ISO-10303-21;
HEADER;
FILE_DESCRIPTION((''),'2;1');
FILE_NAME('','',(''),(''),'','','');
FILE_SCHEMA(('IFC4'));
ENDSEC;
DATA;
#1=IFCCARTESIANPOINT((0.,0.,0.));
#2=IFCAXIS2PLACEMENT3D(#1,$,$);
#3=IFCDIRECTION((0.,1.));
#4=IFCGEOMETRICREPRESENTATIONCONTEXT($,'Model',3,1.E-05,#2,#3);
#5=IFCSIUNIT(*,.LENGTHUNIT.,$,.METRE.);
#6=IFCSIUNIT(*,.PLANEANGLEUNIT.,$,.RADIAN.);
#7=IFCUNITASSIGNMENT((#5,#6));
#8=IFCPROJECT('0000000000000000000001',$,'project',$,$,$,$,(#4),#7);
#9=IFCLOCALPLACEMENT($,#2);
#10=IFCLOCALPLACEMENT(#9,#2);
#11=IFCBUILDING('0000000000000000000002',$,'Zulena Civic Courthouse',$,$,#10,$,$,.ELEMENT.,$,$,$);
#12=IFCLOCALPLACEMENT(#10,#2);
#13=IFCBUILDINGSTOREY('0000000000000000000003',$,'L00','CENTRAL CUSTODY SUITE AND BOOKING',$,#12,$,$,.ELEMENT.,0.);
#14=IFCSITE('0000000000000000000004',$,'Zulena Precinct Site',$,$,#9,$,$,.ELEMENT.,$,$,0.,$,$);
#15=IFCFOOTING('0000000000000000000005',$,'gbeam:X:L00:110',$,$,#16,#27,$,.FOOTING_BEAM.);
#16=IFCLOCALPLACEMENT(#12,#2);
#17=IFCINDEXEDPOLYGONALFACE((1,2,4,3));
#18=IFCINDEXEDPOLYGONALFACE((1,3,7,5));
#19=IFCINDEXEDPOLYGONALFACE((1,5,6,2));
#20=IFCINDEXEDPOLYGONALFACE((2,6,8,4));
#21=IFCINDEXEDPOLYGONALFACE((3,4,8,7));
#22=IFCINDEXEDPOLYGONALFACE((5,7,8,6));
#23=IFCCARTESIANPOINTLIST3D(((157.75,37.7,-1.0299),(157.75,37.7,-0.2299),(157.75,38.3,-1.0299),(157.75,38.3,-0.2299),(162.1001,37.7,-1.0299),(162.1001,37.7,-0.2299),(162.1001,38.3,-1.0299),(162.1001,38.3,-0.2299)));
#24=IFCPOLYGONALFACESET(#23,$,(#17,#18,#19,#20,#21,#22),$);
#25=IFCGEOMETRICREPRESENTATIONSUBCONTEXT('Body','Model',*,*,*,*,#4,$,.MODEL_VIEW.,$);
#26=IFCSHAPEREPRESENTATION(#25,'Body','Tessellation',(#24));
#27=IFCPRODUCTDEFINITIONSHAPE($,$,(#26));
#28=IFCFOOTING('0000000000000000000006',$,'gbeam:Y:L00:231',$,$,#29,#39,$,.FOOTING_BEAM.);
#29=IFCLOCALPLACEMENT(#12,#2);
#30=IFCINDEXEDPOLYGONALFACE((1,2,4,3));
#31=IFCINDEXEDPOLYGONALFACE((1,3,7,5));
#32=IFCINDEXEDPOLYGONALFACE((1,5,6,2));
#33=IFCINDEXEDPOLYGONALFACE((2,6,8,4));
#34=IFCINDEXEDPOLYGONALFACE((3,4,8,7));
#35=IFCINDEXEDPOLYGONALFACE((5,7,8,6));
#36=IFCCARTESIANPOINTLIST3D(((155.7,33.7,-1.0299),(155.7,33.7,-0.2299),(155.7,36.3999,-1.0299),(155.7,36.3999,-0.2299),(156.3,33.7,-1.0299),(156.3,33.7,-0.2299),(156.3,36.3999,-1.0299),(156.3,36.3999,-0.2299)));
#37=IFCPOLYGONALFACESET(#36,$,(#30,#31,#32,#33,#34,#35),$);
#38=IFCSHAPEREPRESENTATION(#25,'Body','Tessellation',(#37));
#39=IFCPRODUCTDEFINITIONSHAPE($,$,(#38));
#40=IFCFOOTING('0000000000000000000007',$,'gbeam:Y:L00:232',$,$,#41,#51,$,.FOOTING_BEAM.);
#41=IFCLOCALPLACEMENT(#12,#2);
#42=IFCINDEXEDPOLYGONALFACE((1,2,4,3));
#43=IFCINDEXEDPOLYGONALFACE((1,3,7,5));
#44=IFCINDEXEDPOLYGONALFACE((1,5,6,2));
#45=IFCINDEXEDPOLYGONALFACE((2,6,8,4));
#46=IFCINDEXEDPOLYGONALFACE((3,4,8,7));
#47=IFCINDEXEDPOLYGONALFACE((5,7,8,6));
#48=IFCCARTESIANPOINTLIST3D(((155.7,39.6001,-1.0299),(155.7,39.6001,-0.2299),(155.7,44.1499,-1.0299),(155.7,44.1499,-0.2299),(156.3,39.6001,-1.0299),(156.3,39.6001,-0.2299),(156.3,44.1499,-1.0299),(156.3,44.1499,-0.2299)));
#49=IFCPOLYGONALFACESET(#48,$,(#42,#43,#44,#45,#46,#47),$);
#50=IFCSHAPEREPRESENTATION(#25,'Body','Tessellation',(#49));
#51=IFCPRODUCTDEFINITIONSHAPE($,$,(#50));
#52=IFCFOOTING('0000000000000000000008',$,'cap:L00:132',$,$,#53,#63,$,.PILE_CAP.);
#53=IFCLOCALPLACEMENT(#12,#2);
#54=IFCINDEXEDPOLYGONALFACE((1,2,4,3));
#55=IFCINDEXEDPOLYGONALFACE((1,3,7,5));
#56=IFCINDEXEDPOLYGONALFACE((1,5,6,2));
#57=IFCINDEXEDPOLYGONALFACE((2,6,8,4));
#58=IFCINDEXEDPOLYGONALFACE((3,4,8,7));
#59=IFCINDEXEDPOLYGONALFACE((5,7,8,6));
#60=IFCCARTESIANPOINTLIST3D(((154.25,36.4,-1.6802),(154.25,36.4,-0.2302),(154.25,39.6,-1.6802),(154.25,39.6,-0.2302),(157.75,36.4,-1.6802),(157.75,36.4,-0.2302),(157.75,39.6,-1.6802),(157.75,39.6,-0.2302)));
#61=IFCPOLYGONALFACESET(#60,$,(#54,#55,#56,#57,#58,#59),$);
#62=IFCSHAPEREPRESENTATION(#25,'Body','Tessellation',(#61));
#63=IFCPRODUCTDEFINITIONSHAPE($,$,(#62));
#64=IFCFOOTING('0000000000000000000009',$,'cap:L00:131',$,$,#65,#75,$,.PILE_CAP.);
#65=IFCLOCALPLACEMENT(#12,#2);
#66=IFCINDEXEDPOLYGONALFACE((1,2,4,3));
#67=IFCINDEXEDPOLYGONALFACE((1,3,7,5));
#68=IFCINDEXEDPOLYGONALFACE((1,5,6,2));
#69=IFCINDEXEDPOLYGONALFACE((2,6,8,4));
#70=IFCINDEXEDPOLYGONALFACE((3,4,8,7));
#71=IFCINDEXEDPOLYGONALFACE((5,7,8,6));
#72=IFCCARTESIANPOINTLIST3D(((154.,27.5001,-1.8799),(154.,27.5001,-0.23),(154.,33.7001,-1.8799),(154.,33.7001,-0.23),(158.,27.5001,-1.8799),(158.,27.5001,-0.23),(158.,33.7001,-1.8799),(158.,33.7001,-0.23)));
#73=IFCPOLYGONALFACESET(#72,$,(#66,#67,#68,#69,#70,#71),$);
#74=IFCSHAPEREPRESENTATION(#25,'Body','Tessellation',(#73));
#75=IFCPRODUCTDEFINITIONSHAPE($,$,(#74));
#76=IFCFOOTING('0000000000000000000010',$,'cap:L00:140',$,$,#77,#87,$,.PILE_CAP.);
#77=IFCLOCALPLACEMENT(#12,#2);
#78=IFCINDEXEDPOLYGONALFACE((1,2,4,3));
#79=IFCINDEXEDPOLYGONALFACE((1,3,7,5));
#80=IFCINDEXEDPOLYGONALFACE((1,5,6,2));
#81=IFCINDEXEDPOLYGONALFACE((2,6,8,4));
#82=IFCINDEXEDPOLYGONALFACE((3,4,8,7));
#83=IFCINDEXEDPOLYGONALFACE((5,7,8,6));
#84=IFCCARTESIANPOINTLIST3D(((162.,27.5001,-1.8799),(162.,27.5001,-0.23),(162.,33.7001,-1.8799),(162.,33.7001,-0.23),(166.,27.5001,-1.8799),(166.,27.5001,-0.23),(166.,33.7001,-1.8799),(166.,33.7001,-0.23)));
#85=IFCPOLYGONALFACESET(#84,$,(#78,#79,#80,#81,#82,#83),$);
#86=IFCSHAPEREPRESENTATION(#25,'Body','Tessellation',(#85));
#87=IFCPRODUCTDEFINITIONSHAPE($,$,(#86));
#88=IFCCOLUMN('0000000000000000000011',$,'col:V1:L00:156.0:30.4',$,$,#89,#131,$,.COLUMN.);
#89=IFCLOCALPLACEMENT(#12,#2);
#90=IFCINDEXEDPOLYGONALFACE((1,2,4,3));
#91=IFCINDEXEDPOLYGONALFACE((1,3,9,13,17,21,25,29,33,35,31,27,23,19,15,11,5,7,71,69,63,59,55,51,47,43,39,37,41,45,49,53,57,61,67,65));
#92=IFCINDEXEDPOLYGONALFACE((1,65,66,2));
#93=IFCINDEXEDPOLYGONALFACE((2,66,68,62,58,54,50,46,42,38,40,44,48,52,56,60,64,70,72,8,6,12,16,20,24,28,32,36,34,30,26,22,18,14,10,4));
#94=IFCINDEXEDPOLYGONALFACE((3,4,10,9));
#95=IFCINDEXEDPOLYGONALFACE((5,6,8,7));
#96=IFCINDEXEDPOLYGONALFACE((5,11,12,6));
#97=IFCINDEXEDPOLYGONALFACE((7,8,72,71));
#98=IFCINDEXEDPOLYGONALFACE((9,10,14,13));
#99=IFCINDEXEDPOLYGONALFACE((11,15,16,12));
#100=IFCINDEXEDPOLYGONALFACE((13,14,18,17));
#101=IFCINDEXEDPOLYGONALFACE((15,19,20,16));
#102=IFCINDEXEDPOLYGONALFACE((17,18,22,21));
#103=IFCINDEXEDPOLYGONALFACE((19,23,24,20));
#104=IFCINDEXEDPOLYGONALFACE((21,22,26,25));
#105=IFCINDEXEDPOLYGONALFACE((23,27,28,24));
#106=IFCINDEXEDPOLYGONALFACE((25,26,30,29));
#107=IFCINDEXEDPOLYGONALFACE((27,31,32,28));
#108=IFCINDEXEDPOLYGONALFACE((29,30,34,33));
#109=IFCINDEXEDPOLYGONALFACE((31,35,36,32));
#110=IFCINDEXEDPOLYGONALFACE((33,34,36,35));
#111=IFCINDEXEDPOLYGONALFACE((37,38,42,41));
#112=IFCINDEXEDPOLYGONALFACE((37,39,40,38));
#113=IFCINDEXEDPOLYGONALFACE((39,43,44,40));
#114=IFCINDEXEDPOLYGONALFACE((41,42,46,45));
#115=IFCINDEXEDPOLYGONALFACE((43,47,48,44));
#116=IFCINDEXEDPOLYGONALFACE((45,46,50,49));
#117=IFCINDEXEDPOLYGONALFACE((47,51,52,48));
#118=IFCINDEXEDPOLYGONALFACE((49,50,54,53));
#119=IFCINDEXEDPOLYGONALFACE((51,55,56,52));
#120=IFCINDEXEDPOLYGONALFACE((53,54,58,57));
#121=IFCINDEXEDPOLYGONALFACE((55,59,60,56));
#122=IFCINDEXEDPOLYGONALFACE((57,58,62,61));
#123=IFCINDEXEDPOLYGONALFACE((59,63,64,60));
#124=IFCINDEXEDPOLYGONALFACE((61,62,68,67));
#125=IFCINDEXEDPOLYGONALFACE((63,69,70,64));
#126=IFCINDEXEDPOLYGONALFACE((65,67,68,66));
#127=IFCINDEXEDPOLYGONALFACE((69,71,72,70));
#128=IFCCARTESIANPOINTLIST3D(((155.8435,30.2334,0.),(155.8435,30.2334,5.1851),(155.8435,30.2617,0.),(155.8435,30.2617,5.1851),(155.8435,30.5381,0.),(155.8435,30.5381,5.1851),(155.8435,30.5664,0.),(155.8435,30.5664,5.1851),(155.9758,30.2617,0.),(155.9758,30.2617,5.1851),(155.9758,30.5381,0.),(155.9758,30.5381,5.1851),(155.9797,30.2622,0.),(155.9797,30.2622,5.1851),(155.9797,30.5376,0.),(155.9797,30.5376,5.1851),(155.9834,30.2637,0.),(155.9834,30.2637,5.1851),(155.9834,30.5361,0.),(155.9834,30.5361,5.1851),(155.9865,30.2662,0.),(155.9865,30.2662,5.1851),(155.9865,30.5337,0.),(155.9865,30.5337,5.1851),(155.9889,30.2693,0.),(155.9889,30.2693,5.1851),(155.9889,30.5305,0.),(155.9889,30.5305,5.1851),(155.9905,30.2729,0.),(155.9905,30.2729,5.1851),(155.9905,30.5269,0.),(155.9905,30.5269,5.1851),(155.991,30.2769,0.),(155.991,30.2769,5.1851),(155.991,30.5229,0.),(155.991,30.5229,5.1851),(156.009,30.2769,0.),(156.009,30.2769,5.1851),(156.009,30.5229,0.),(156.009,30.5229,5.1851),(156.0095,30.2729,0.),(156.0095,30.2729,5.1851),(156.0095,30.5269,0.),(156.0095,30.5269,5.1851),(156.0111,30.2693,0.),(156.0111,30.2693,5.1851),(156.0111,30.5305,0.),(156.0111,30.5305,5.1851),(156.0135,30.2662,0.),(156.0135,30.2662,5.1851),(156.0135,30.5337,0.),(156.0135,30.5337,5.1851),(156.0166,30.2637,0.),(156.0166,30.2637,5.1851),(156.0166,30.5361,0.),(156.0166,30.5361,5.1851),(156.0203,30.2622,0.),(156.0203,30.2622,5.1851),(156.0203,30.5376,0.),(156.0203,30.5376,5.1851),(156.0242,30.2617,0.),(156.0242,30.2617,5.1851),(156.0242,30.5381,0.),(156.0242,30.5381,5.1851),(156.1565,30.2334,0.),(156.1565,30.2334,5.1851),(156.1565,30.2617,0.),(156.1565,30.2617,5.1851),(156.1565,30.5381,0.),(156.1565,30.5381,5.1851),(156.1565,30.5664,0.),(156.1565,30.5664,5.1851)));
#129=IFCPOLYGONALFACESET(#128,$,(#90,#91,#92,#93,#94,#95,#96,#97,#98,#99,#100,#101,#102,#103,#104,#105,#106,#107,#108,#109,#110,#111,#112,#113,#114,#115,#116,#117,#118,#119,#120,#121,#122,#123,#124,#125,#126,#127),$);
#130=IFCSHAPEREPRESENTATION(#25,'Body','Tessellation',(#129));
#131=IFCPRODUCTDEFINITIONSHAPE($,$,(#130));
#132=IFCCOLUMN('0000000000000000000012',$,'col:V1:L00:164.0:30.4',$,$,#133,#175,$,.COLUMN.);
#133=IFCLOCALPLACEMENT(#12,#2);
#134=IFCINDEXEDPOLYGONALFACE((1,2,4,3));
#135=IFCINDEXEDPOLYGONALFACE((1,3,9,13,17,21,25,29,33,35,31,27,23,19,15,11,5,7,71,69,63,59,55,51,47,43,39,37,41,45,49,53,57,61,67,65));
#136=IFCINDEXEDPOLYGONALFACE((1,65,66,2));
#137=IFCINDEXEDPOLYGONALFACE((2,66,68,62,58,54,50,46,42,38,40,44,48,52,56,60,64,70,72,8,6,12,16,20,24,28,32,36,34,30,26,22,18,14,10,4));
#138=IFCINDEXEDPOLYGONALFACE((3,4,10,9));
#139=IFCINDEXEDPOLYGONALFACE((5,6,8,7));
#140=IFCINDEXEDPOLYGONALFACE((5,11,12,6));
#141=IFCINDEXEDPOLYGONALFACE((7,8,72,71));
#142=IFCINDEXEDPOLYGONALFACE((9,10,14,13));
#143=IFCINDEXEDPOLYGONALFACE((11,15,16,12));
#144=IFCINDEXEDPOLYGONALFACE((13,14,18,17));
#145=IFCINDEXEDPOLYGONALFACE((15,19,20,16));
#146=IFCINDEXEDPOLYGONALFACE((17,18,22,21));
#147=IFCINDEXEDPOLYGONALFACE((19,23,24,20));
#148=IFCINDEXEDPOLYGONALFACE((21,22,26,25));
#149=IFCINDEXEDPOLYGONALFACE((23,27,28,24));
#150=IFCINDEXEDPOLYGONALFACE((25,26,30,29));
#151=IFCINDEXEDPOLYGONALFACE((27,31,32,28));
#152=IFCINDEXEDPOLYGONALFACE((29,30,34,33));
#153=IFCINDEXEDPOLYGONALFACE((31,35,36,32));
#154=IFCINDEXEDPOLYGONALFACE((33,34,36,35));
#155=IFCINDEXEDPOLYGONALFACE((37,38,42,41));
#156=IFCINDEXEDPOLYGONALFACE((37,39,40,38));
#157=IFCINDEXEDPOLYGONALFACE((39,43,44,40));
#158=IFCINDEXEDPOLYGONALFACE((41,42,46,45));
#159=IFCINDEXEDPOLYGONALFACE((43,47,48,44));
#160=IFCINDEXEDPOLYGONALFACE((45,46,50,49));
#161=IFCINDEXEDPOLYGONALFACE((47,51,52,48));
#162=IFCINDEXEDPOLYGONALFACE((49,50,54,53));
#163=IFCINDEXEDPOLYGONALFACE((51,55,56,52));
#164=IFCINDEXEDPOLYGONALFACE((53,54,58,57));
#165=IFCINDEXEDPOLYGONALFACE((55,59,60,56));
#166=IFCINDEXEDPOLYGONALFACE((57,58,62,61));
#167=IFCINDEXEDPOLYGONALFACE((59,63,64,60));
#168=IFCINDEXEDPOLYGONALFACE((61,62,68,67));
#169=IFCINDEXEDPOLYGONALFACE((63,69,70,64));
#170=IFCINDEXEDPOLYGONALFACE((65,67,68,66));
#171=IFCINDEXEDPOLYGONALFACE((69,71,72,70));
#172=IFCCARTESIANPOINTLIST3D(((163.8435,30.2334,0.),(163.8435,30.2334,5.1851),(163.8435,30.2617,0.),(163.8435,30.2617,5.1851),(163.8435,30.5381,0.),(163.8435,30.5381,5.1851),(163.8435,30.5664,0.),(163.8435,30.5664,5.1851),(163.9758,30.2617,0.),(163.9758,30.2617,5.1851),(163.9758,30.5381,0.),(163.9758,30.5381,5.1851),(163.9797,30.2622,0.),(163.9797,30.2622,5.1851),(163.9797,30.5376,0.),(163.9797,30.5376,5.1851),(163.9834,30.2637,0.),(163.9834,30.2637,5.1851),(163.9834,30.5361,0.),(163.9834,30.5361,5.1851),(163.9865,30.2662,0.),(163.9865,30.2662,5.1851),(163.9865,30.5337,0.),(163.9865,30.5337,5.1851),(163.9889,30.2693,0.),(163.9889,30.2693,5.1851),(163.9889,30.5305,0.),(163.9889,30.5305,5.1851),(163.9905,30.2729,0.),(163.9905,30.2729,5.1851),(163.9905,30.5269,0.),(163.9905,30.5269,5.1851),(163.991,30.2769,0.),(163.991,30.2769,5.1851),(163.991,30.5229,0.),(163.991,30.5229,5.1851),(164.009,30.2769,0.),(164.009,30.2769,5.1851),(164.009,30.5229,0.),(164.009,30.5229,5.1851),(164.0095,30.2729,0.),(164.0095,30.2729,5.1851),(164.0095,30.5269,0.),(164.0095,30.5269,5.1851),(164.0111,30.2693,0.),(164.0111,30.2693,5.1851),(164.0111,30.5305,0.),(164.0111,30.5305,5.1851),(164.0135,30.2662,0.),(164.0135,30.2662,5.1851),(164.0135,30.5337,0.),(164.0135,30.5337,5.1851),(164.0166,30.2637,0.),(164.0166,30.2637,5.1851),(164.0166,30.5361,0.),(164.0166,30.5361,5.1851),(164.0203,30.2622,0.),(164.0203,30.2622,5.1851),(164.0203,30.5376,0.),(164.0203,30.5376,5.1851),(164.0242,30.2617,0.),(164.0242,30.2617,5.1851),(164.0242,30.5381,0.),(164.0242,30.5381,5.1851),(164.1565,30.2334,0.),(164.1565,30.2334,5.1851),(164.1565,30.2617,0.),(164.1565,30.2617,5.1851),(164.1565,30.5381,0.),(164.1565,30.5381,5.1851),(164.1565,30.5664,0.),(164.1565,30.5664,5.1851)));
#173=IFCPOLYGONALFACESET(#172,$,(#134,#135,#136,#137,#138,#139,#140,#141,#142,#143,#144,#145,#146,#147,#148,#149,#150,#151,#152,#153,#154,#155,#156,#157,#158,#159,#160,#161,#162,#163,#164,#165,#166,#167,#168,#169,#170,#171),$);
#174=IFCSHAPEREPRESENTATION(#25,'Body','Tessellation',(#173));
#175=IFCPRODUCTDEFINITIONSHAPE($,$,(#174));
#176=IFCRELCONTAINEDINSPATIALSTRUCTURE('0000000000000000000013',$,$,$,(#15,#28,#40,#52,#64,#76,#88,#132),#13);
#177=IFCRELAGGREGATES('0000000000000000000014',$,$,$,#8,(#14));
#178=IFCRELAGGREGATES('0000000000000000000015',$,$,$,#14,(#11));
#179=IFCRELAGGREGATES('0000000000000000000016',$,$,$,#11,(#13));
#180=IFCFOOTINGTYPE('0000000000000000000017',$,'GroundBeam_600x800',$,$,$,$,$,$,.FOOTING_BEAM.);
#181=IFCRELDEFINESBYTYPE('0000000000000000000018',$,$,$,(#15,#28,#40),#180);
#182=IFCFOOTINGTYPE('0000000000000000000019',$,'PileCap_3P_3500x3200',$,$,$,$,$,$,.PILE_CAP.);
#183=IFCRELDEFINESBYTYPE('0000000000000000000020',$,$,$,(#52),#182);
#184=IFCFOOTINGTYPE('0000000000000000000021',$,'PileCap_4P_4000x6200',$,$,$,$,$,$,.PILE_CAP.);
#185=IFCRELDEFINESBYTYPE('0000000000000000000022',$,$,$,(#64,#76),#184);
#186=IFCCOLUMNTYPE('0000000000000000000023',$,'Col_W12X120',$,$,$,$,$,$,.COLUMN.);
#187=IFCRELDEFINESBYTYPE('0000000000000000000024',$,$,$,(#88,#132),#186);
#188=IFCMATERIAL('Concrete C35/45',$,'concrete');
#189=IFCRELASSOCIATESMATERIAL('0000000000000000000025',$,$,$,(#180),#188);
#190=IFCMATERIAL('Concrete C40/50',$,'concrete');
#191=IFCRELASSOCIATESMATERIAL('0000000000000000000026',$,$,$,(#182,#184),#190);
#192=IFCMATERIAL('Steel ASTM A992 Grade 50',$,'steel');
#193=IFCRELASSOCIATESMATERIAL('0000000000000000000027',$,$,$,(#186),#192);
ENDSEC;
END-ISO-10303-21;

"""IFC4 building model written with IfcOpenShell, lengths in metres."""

from ifc_helpers import new_model, si_unit, direction, frame, origin, origin_2d, place, context, subcontext, project, spatial, rectangle, i_section, extrude, material, material_profile, profile_set, type_object, element, save


model = new_model("IFC4")

# Units and contexts
model_context = context("Model", 3, precision=1e-05, world=origin(), true_north=direction((0.0, 1.0)))
body_context = subcontext(model_context, "Body", "Model", "MODEL_VIEW")
ifc_project = project(units=[si_unit("LENGTHUNIT", "METRE"), si_unit("PLANEANGLEUNIT", "RADIAN")], contexts=[model_context])

# Site, building, storey
site_placement = place(None, origin())
site = spatial("IfcSite", under=ifc_project, at=site_placement, Name="Zulena Precinct Site", CompositionType="ELEMENT", RefElevation=0.0)
building_placement = place(site_placement, origin())
building = spatial("IfcBuilding", under=site, at=building_placement, Name="Zulena Civic Courthouse", CompositionType="ELEMENT")
storey_placement = place(building_placement, origin())
storey = spatial("IfcBuildingStorey", under=building, at=storey_placement, Name="L00", Description="CENTRAL CUSTODY SUITE AND BOOKING", CompositionType="ELEMENT", Elevation=0.0)

# Shared definitions
ifc_material_1 = material(Name="Concrete C40/50", Category="concrete")

# Footings
ifc_material_2 = material(Name="Concrete C35/45", Category="concrete")
ifc_material_profile_1 = material_profile(ifc_material_2, rectangle(XDim=0.6001, YDim=0.8, at=origin_2d()), Name="RC600X800")
ifc_profile_set_1 = profile_set([ifc_material_profile_1], Name="Concrete C35/45")
footing_type_1 = type_object("IfcFootingType", Name="GroundBeam_600x800", PredefinedType="FOOTING_BEAM", material=ifc_profile_set_1)
footing_1_placement = place(storey_placement, frame((157.75, 38.0, -0.6299), z_axis=(1.0, 0.0, 0.0), x_axis=(0.0, 1.0, 0.0)))
element("IfcFooting", 1, at=footing_1_placement, inside=storey, type_object=footing_type_1, Name="gbeam:X:L00:110", PredefinedType="FOOTING_BEAM", context=body_context, shape_type="SweptSolid", body=[
    extrude(rectangle(XDim=0.6001, YDim=0.8, at=origin_2d()), origin(), (0.0, 0.0, 1.0), 4.3501),
])
footing_2_placement = place(storey_placement, frame((156.0, 33.7, -0.6299), z_axis=(0.0, 1.0, 0.0), x_axis=(-1.0, 0.0, 0.0)))
element("IfcFooting", 2, at=footing_2_placement, inside=storey, type_object=footing_type_1, Name="gbeam:Y:L00:231", PredefinedType="FOOTING_BEAM", context=body_context, shape_type="SweptSolid", body=[
    extrude(rectangle(XDim=0.6001, YDim=0.8, at=origin_2d()), origin(), (0.0, 0.0, 1.0), 2.7),
])
footing_3_placement = place(storey_placement, frame((156.0, 39.6001, -0.6299), z_axis=(0.0, 1.0, 0.0), x_axis=(-1.0, 0.0, 0.0)))
element("IfcFooting", 3, at=footing_3_placement, inside=storey, type_object=footing_type_1, Name="gbeam:Y:L00:232", PredefinedType="FOOTING_BEAM", context=body_context, shape_type="SweptSolid", body=[
    extrude(rectangle(XDim=0.6001, YDim=0.8, at=origin_2d()), origin(), (0.0, 0.0, 1.0), 4.5498),
])
footing_type_2 = type_object("IfcFootingType", Name="PileCap_3P_3500x3200", PredefinedType="PILE_CAP", material=ifc_material_1)
footing_4_placement = place(storey_placement, frame((156.0, 38.0, -1.6802), z_axis=(0.0, 0.0, 1.0), x_axis=(1.0, 0.0, 0.0)))
element("IfcFooting", 4, at=footing_4_placement, inside=storey, type_object=footing_type_2, Name="cap:L00:132", PredefinedType="PILE_CAP", context=body_context, shape_type="SweptSolid", body=[
    extrude(rectangle(XDim=3.5, YDim=3.2, at=origin_2d()), origin(), (0.0, 0.0, 1.0), 1.45),
])
footing_type_3 = type_object("IfcFootingType", Name="PileCap_4P_4000x6200", PredefinedType="PILE_CAP", material=ifc_material_1)
for number, where, z_axis, x_axis, name in (
    (5, (156.0, 30.6001, -1.8799), (0.0, 0.0, 1.0), (1.0, 0.0, 0.0), "cap:L00:131"),
    (6, (164.0, 30.6001, -1.8799), (0.0, 0.0, 1.0), (1.0, 0.0, 0.0), "cap:L00:140"),
):
    element("IfcFooting", number, at=place(storey_placement, frame(where, z_axis=z_axis, x_axis=x_axis)), inside=storey, type_object=footing_type_3, Name=name, PredefinedType="PILE_CAP", context=body_context, shape_type="SweptSolid", body=[
        extrude(rectangle(XDim=4.0, YDim=6.2, at=origin_2d()), origin(), (0.0, 0.0, 1.0), 1.6499),
    ])

# Columns
ifc_material_3 = material(Name="Steel ASTM A992 Grade 50", Category="steel")
ifc_material_profile_2 = material_profile(ifc_material_3, i_section(OverallWidth=0.313, OverallDepth=0.333, WebThickness=0.0181, FlangeThickness=0.0283, FilletRadius=0.0151, at=origin_2d()), Name="W12X120")
ifc_profile_set_2 = profile_set([ifc_material_profile_2], Name="Steel ASTM A992 Grade 50")
column_type_1 = type_object("IfcColumnType", Name="Col_W12X120", PredefinedType="COLUMN", material=ifc_profile_set_2)
for number, where, z_axis, x_axis, name in (
    (7, (156.0, 30.3999, 0.0), (0.0, 0.0, 1.0), (1.0, 0.0, 0.0), "col:V1:L00:156.0:30.4"),
    (8, (164.0, 30.3999, 0.0), (0.0, 0.0, 1.0), (1.0, 0.0, 0.0), "col:V1:L00:164.0:30.4"),
):
    element("IfcColumn", number, at=place(storey_placement, frame(where, z_axis=z_axis, x_axis=x_axis)), inside=storey, type_object=column_type_1, Name=name, PredefinedType="COLUMN", context=body_context, shape_type="SweptSolid", body=[
        extrude(i_section(OverallWidth=0.313, OverallDepth=0.333, WebThickness=0.0181, FlangeThickness=0.0283, FilletRadius=0.0151, at=origin_2d()), origin(), (0.0, 0.0, 1.0), 5.1851),
    ])

save(model, "model.ifc")
